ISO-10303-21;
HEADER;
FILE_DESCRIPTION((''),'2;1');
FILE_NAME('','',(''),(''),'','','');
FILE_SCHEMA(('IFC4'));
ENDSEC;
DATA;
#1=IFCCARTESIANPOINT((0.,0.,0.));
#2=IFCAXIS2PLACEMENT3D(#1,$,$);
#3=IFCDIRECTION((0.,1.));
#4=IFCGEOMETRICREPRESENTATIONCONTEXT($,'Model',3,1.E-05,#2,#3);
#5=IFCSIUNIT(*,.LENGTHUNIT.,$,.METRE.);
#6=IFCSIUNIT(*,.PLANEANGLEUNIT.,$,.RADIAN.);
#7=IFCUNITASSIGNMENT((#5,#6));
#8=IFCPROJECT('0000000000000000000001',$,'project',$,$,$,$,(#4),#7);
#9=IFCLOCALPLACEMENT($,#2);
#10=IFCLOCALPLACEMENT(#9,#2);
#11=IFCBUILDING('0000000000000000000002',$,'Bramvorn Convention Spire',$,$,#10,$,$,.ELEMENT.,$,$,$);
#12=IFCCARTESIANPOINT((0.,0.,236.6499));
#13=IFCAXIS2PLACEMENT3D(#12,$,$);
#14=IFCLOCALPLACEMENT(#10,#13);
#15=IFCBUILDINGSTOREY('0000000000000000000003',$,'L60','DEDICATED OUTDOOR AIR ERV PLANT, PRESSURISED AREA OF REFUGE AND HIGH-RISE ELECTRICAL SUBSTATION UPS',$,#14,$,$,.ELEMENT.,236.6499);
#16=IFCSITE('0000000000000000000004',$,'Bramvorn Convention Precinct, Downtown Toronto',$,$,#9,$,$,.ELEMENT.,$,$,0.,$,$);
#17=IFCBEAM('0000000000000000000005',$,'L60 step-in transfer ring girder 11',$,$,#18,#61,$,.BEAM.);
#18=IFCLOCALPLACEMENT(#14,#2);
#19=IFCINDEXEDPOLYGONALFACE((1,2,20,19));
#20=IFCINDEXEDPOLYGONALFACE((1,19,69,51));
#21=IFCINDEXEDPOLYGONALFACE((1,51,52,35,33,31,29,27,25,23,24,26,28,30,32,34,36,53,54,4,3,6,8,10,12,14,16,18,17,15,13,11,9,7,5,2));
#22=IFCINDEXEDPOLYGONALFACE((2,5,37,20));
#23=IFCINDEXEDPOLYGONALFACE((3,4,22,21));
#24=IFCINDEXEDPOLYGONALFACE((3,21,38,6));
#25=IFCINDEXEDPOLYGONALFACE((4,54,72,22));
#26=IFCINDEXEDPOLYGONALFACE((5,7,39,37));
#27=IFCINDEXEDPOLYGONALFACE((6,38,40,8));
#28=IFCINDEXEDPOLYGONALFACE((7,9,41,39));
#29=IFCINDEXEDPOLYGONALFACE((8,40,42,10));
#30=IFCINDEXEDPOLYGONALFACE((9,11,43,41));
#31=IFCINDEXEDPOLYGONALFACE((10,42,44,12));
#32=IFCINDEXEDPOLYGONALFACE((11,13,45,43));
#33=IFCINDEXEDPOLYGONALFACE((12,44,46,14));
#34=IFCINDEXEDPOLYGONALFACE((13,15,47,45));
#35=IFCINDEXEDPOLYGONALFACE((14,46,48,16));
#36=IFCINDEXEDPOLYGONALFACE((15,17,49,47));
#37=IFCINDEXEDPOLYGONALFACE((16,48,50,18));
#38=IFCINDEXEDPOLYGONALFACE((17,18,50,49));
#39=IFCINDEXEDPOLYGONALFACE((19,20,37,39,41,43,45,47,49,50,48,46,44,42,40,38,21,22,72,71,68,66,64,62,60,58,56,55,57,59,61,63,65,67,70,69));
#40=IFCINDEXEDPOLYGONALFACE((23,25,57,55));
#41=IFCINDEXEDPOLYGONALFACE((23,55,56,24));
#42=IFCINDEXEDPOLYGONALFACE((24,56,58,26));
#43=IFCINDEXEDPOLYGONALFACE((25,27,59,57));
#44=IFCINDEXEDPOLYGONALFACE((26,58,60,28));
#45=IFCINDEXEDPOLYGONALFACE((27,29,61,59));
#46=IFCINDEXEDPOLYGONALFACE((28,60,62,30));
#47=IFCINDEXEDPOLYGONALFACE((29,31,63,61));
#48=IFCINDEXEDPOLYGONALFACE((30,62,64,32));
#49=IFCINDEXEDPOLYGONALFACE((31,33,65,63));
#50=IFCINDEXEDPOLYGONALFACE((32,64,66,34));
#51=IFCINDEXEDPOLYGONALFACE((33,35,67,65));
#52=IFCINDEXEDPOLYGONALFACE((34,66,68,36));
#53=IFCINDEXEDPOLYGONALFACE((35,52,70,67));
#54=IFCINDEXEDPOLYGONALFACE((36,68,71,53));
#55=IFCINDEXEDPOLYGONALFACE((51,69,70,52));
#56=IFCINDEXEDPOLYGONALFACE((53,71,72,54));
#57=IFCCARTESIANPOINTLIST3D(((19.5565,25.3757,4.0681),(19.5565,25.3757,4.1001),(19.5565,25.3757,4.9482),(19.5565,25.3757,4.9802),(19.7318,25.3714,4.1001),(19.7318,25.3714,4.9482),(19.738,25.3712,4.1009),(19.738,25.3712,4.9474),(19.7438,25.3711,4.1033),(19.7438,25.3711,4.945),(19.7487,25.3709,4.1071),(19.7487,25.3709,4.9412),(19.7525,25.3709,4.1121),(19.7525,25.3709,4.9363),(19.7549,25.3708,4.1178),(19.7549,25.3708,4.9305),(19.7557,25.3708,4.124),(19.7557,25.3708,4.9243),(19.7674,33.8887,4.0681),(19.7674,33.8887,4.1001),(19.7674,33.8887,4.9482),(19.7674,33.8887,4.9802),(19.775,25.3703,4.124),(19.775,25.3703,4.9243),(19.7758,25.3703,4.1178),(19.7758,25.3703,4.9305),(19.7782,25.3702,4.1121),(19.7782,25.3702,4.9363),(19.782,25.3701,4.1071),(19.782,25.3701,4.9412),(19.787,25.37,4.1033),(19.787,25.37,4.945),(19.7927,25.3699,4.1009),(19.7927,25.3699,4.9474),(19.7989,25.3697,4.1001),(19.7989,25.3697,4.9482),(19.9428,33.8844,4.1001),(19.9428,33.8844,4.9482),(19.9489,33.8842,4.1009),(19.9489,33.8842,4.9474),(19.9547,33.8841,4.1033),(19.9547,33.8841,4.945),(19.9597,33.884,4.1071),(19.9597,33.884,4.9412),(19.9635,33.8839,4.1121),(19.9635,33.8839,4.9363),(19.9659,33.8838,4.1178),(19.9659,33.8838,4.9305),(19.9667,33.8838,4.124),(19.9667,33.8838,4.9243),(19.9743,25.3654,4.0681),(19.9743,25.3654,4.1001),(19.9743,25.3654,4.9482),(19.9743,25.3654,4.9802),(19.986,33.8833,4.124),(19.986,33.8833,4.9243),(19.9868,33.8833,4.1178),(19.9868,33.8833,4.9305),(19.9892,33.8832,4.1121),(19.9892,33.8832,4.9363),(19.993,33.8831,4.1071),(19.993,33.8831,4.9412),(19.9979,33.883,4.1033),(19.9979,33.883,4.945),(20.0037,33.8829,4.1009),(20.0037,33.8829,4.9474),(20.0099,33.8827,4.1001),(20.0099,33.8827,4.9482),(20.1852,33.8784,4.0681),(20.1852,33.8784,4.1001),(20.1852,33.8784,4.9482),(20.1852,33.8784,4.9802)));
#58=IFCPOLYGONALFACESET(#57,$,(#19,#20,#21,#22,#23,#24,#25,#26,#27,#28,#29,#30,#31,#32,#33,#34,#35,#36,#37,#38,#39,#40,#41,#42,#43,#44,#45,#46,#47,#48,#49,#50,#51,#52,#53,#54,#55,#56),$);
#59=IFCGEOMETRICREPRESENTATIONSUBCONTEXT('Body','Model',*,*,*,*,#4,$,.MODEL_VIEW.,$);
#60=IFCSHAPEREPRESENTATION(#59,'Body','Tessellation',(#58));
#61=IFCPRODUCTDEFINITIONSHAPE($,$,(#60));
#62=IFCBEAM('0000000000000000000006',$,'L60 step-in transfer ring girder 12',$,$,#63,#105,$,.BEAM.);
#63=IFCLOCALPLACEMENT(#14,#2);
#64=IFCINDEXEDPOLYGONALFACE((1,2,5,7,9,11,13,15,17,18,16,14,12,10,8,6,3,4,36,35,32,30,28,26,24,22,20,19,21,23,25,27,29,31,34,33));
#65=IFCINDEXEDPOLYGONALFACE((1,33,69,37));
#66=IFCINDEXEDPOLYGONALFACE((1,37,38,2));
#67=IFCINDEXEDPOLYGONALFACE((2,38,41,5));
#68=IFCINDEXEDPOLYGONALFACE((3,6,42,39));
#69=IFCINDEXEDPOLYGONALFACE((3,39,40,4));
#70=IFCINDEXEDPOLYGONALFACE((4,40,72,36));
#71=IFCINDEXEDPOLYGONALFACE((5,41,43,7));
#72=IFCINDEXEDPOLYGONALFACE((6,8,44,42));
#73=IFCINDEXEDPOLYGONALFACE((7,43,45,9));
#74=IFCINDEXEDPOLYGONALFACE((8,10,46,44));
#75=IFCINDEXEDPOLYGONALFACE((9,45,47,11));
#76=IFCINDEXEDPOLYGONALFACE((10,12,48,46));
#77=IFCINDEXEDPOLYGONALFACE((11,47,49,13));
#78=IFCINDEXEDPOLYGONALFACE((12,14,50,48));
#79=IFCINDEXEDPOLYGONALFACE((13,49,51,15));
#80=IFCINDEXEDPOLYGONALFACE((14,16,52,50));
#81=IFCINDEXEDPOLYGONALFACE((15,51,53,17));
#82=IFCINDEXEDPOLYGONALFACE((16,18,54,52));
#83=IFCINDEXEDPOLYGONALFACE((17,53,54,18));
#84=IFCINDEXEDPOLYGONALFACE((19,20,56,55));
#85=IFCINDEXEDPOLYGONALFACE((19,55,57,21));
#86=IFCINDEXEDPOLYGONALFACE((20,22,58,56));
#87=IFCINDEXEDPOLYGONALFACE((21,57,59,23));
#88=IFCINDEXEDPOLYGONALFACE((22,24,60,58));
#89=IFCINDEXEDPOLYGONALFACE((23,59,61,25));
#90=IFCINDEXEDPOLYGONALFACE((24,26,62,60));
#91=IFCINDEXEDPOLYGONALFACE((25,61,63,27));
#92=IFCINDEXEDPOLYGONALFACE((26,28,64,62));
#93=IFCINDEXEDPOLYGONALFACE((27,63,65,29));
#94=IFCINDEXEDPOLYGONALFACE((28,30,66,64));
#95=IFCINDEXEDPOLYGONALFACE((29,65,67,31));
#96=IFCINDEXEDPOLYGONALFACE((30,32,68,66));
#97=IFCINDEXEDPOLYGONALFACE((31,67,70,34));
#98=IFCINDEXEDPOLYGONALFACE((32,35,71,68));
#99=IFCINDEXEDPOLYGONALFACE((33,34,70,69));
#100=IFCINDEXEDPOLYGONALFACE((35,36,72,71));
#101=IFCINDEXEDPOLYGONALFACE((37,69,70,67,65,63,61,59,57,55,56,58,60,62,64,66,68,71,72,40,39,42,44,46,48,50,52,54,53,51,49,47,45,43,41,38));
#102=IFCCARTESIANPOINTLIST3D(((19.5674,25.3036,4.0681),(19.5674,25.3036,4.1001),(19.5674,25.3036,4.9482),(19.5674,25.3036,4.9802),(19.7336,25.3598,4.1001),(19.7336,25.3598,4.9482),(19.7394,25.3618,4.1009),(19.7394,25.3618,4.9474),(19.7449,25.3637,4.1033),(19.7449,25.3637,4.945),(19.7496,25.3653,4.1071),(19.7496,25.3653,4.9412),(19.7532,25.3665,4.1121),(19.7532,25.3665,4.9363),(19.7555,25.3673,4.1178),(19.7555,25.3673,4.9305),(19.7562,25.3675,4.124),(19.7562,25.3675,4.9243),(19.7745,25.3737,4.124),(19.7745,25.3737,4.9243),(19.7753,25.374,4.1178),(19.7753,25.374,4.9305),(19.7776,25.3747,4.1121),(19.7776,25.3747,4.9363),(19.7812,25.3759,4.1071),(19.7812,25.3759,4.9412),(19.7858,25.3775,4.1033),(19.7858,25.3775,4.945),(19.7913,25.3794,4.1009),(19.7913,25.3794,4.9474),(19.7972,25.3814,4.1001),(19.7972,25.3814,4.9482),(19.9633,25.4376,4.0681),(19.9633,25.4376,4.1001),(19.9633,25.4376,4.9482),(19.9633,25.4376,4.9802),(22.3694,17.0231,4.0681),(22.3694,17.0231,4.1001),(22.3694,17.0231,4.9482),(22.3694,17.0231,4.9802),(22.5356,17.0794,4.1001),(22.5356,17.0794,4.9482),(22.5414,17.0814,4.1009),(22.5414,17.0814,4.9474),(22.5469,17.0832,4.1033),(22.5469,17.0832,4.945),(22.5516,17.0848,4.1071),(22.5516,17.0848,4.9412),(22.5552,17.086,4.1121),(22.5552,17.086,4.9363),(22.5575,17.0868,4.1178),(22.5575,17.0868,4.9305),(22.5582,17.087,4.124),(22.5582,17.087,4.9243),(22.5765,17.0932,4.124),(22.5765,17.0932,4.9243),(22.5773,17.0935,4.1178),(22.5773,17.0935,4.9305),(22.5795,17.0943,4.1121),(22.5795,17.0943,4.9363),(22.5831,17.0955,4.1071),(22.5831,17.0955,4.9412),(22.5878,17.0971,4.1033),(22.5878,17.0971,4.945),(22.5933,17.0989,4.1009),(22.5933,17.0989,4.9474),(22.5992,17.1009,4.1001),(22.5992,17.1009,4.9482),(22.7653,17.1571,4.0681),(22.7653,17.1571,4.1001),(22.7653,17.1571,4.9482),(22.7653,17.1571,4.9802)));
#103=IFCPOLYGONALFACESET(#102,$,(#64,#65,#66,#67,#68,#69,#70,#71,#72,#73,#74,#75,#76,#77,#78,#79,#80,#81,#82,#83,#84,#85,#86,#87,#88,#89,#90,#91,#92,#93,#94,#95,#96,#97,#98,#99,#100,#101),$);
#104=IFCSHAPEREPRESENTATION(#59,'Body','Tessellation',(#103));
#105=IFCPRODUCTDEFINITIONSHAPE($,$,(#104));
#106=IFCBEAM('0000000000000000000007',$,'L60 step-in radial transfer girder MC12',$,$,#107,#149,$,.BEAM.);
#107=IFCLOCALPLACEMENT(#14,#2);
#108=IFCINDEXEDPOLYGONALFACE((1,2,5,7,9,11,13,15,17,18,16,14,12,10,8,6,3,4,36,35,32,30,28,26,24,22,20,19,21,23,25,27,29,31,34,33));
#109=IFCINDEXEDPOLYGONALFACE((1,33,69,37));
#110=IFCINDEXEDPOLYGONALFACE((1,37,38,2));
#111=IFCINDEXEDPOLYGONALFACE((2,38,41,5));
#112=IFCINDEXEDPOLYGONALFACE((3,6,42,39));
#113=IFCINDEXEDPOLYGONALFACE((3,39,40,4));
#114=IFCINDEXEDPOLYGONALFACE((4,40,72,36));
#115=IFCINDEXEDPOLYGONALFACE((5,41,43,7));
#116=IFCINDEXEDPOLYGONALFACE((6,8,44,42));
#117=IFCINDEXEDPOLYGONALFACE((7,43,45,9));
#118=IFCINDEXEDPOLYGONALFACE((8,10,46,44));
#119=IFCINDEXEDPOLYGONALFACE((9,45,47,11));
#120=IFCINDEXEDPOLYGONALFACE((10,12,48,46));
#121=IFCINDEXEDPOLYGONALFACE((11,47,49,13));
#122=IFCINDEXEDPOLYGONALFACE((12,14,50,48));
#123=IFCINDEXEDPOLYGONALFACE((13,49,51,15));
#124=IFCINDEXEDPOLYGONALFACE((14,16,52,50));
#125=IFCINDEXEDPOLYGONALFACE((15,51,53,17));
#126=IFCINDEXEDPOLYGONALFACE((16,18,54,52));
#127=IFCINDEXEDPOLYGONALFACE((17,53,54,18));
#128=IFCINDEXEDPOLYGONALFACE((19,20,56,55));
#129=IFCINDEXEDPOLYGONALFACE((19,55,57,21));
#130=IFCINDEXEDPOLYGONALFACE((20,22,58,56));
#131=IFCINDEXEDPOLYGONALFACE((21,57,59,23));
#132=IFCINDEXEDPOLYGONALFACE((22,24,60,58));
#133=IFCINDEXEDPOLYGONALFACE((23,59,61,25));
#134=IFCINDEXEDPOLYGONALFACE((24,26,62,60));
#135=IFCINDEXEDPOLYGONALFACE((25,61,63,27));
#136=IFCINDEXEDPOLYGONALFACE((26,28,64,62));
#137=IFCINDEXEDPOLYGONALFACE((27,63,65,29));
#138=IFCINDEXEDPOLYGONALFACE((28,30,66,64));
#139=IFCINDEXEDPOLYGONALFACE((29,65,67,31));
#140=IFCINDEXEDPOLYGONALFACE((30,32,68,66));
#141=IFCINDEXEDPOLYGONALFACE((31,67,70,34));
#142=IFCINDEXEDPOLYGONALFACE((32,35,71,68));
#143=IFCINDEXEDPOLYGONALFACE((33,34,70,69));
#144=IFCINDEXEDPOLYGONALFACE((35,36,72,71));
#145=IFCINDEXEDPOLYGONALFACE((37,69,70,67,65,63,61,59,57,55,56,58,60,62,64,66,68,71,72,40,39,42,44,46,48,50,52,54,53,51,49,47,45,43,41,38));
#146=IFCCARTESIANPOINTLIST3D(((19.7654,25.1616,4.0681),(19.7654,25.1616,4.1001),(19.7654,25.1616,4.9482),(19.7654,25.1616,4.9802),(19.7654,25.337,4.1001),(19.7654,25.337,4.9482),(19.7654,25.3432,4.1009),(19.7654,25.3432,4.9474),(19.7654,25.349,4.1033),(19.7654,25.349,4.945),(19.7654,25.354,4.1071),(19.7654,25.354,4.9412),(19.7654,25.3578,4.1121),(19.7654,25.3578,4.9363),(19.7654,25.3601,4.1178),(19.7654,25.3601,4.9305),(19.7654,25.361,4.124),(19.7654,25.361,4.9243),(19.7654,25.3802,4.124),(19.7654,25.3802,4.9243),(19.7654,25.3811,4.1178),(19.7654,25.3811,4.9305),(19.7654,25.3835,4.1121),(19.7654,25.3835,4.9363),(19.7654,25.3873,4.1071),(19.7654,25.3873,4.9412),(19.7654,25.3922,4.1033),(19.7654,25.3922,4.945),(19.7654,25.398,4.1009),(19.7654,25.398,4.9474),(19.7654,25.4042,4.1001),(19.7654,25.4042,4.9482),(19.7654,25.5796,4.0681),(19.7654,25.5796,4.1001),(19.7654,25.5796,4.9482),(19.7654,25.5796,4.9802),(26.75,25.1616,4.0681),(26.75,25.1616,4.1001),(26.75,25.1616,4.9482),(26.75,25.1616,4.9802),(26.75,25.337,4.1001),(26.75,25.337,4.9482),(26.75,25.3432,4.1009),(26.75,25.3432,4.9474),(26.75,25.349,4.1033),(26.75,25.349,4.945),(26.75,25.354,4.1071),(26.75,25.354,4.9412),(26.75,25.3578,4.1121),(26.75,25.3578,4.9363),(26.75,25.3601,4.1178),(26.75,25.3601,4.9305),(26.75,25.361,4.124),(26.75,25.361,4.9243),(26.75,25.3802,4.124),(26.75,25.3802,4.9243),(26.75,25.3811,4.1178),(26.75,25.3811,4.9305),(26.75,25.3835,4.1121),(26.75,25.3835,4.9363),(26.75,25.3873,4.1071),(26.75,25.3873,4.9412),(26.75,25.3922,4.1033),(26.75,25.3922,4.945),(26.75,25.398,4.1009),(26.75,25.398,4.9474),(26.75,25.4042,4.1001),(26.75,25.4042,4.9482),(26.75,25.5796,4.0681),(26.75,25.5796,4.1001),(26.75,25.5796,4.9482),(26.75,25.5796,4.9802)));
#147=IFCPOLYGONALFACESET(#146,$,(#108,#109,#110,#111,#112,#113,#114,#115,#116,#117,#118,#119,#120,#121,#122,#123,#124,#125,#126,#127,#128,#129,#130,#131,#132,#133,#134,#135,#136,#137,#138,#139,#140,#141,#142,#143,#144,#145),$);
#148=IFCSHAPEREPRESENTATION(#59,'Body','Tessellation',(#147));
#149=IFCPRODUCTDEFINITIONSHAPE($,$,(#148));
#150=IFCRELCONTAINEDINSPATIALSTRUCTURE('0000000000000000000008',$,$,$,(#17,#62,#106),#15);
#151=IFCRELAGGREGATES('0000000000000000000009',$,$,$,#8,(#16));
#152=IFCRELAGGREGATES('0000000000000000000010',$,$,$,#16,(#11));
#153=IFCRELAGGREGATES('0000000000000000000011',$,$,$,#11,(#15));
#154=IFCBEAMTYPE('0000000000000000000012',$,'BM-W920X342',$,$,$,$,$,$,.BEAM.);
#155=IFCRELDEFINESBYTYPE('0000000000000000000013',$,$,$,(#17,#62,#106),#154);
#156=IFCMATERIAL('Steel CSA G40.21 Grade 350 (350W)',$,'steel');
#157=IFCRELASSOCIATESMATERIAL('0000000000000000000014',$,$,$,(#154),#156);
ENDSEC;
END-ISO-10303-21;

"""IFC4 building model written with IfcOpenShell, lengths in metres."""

from ifc_helpers import new_model, si_unit, direction, frame, origin, origin_2d, place, context, subcontext, project, spatial, i_section, extrude, material, material_profile, profile_set, type_object, element, save


model = new_model("IFC4")

# Units and contexts
model_context = context("Model", 3, precision=1e-05, world=origin(), true_north=direction((0.0, 1.0)))
body_context = subcontext(model_context, "Body", "Model", "MODEL_VIEW")
ifc_project = project(units=[si_unit("LENGTHUNIT", "METRE"), si_unit("PLANEANGLEUNIT", "RADIAN")], contexts=[model_context])

# Site, building, storey
site_placement = place(None, origin())
site = spatial("IfcSite", under=ifc_project, at=site_placement, Name="Bramvorn Convention Precinct, Downtown Toronto", CompositionType="ELEMENT", RefElevation=0.0)
building_placement = place(site_placement, origin())
building = spatial("IfcBuilding", under=site, at=building_placement, Name="Bramvorn Convention Spire", CompositionType="ELEMENT")
storey_placement = place(building_placement, frame((0.0, 0.0, 236.6499)))
storey = spatial("IfcBuildingStorey", under=building, at=storey_placement, Name="L60", Description="DEDICATED OUTDOOR AIR ERV PLANT, PRESSURISED AREA OF REFUGE AND HIGH-RISE ELECTRICAL SUBSTATION UPS", CompositionType="ELEMENT", Elevation=236.6499)

# Shared definitions
ifc_material_1 = material(Name="Steel CSA G40.21 Grade 350 (350W)", Category="steel")

# Beams
ifc_material_profile_1 = material_profile(ifc_material_1, i_section(OverallWidth=0.418, OverallDepth=0.9121, WebThickness=0.0193, FlangeThickness=0.032, FilletRadius=0.0239, at=origin_2d()))
ifc_profile_set_1 = profile_set([ifc_material_profile_1], Name="Steel CSA G40.21 Grade 350 (350W) - W920X342")
beam_type = type_object("IfcBeamType", Name="BM-W920X342", PredefinedType="BEAM", material=ifc_profile_set_1)
beam_1_placement = place(storey_placement, frame((19.9763, 33.8835, 4.5242), z_axis=(-0.024771, -0.999693, 0.0), x_axis=(0.999693, -0.024771, 0.0)))
element("IfcBeam", 1, at=beam_1_placement, inside=storey, type_object=beam_type, Name="L60 step-in transfer ring girder 11", PredefinedType="BEAM", context=body_context, shape_type="SweptSolid", body=[
    extrude(i_section(OverallWidth=0.418, OverallDepth=0.9121, WebThickness=0.0193, FlangeThickness=0.032, FilletRadius=0.0239, at=origin_2d()), origin(), (0.0, 0.0, 1.0), 8.5156),
])
beam_2_placement = place(storey_placement, frame((19.7654, 25.3706, 4.5242), z_axis=(0.320531, -0.947238, 0.0), x_axis=(0.947238, 0.320531, 0.0)))
element("IfcBeam", 2, at=beam_2_placement, inside=storey, type_object=beam_type, Name="L60 step-in transfer ring girder 12", PredefinedType="BEAM", context=body_context, shape_type="SweptSolid", body=[
    extrude(i_section(OverallWidth=0.418, OverallDepth=0.9121, WebThickness=0.0193, FlangeThickness=0.032, FilletRadius=0.0239, at=origin_2d()), origin(), (0.0, 0.0, 1.0), 8.7417),
])
beam_3_placement = place(storey_placement, frame((26.75, 25.3706, 4.5242), z_axis=(-1.0, 0.0, 0.0), x_axis=(0.0, -1.0, 0.0)))
element("IfcBeam", 3, at=beam_3_placement, inside=storey, type_object=beam_type, Name="L60 step-in radial transfer girder MC12", PredefinedType="BEAM", context=body_context, shape_type="SweptSolid", body=[
    extrude(i_section(OverallWidth=0.418, OverallDepth=0.9121, WebThickness=0.0193, FlangeThickness=0.032, FilletRadius=0.0239, at=origin_2d()), origin(), (0.0, 0.0, 1.0), 6.9846),
])

save(model, "model.ifc")
